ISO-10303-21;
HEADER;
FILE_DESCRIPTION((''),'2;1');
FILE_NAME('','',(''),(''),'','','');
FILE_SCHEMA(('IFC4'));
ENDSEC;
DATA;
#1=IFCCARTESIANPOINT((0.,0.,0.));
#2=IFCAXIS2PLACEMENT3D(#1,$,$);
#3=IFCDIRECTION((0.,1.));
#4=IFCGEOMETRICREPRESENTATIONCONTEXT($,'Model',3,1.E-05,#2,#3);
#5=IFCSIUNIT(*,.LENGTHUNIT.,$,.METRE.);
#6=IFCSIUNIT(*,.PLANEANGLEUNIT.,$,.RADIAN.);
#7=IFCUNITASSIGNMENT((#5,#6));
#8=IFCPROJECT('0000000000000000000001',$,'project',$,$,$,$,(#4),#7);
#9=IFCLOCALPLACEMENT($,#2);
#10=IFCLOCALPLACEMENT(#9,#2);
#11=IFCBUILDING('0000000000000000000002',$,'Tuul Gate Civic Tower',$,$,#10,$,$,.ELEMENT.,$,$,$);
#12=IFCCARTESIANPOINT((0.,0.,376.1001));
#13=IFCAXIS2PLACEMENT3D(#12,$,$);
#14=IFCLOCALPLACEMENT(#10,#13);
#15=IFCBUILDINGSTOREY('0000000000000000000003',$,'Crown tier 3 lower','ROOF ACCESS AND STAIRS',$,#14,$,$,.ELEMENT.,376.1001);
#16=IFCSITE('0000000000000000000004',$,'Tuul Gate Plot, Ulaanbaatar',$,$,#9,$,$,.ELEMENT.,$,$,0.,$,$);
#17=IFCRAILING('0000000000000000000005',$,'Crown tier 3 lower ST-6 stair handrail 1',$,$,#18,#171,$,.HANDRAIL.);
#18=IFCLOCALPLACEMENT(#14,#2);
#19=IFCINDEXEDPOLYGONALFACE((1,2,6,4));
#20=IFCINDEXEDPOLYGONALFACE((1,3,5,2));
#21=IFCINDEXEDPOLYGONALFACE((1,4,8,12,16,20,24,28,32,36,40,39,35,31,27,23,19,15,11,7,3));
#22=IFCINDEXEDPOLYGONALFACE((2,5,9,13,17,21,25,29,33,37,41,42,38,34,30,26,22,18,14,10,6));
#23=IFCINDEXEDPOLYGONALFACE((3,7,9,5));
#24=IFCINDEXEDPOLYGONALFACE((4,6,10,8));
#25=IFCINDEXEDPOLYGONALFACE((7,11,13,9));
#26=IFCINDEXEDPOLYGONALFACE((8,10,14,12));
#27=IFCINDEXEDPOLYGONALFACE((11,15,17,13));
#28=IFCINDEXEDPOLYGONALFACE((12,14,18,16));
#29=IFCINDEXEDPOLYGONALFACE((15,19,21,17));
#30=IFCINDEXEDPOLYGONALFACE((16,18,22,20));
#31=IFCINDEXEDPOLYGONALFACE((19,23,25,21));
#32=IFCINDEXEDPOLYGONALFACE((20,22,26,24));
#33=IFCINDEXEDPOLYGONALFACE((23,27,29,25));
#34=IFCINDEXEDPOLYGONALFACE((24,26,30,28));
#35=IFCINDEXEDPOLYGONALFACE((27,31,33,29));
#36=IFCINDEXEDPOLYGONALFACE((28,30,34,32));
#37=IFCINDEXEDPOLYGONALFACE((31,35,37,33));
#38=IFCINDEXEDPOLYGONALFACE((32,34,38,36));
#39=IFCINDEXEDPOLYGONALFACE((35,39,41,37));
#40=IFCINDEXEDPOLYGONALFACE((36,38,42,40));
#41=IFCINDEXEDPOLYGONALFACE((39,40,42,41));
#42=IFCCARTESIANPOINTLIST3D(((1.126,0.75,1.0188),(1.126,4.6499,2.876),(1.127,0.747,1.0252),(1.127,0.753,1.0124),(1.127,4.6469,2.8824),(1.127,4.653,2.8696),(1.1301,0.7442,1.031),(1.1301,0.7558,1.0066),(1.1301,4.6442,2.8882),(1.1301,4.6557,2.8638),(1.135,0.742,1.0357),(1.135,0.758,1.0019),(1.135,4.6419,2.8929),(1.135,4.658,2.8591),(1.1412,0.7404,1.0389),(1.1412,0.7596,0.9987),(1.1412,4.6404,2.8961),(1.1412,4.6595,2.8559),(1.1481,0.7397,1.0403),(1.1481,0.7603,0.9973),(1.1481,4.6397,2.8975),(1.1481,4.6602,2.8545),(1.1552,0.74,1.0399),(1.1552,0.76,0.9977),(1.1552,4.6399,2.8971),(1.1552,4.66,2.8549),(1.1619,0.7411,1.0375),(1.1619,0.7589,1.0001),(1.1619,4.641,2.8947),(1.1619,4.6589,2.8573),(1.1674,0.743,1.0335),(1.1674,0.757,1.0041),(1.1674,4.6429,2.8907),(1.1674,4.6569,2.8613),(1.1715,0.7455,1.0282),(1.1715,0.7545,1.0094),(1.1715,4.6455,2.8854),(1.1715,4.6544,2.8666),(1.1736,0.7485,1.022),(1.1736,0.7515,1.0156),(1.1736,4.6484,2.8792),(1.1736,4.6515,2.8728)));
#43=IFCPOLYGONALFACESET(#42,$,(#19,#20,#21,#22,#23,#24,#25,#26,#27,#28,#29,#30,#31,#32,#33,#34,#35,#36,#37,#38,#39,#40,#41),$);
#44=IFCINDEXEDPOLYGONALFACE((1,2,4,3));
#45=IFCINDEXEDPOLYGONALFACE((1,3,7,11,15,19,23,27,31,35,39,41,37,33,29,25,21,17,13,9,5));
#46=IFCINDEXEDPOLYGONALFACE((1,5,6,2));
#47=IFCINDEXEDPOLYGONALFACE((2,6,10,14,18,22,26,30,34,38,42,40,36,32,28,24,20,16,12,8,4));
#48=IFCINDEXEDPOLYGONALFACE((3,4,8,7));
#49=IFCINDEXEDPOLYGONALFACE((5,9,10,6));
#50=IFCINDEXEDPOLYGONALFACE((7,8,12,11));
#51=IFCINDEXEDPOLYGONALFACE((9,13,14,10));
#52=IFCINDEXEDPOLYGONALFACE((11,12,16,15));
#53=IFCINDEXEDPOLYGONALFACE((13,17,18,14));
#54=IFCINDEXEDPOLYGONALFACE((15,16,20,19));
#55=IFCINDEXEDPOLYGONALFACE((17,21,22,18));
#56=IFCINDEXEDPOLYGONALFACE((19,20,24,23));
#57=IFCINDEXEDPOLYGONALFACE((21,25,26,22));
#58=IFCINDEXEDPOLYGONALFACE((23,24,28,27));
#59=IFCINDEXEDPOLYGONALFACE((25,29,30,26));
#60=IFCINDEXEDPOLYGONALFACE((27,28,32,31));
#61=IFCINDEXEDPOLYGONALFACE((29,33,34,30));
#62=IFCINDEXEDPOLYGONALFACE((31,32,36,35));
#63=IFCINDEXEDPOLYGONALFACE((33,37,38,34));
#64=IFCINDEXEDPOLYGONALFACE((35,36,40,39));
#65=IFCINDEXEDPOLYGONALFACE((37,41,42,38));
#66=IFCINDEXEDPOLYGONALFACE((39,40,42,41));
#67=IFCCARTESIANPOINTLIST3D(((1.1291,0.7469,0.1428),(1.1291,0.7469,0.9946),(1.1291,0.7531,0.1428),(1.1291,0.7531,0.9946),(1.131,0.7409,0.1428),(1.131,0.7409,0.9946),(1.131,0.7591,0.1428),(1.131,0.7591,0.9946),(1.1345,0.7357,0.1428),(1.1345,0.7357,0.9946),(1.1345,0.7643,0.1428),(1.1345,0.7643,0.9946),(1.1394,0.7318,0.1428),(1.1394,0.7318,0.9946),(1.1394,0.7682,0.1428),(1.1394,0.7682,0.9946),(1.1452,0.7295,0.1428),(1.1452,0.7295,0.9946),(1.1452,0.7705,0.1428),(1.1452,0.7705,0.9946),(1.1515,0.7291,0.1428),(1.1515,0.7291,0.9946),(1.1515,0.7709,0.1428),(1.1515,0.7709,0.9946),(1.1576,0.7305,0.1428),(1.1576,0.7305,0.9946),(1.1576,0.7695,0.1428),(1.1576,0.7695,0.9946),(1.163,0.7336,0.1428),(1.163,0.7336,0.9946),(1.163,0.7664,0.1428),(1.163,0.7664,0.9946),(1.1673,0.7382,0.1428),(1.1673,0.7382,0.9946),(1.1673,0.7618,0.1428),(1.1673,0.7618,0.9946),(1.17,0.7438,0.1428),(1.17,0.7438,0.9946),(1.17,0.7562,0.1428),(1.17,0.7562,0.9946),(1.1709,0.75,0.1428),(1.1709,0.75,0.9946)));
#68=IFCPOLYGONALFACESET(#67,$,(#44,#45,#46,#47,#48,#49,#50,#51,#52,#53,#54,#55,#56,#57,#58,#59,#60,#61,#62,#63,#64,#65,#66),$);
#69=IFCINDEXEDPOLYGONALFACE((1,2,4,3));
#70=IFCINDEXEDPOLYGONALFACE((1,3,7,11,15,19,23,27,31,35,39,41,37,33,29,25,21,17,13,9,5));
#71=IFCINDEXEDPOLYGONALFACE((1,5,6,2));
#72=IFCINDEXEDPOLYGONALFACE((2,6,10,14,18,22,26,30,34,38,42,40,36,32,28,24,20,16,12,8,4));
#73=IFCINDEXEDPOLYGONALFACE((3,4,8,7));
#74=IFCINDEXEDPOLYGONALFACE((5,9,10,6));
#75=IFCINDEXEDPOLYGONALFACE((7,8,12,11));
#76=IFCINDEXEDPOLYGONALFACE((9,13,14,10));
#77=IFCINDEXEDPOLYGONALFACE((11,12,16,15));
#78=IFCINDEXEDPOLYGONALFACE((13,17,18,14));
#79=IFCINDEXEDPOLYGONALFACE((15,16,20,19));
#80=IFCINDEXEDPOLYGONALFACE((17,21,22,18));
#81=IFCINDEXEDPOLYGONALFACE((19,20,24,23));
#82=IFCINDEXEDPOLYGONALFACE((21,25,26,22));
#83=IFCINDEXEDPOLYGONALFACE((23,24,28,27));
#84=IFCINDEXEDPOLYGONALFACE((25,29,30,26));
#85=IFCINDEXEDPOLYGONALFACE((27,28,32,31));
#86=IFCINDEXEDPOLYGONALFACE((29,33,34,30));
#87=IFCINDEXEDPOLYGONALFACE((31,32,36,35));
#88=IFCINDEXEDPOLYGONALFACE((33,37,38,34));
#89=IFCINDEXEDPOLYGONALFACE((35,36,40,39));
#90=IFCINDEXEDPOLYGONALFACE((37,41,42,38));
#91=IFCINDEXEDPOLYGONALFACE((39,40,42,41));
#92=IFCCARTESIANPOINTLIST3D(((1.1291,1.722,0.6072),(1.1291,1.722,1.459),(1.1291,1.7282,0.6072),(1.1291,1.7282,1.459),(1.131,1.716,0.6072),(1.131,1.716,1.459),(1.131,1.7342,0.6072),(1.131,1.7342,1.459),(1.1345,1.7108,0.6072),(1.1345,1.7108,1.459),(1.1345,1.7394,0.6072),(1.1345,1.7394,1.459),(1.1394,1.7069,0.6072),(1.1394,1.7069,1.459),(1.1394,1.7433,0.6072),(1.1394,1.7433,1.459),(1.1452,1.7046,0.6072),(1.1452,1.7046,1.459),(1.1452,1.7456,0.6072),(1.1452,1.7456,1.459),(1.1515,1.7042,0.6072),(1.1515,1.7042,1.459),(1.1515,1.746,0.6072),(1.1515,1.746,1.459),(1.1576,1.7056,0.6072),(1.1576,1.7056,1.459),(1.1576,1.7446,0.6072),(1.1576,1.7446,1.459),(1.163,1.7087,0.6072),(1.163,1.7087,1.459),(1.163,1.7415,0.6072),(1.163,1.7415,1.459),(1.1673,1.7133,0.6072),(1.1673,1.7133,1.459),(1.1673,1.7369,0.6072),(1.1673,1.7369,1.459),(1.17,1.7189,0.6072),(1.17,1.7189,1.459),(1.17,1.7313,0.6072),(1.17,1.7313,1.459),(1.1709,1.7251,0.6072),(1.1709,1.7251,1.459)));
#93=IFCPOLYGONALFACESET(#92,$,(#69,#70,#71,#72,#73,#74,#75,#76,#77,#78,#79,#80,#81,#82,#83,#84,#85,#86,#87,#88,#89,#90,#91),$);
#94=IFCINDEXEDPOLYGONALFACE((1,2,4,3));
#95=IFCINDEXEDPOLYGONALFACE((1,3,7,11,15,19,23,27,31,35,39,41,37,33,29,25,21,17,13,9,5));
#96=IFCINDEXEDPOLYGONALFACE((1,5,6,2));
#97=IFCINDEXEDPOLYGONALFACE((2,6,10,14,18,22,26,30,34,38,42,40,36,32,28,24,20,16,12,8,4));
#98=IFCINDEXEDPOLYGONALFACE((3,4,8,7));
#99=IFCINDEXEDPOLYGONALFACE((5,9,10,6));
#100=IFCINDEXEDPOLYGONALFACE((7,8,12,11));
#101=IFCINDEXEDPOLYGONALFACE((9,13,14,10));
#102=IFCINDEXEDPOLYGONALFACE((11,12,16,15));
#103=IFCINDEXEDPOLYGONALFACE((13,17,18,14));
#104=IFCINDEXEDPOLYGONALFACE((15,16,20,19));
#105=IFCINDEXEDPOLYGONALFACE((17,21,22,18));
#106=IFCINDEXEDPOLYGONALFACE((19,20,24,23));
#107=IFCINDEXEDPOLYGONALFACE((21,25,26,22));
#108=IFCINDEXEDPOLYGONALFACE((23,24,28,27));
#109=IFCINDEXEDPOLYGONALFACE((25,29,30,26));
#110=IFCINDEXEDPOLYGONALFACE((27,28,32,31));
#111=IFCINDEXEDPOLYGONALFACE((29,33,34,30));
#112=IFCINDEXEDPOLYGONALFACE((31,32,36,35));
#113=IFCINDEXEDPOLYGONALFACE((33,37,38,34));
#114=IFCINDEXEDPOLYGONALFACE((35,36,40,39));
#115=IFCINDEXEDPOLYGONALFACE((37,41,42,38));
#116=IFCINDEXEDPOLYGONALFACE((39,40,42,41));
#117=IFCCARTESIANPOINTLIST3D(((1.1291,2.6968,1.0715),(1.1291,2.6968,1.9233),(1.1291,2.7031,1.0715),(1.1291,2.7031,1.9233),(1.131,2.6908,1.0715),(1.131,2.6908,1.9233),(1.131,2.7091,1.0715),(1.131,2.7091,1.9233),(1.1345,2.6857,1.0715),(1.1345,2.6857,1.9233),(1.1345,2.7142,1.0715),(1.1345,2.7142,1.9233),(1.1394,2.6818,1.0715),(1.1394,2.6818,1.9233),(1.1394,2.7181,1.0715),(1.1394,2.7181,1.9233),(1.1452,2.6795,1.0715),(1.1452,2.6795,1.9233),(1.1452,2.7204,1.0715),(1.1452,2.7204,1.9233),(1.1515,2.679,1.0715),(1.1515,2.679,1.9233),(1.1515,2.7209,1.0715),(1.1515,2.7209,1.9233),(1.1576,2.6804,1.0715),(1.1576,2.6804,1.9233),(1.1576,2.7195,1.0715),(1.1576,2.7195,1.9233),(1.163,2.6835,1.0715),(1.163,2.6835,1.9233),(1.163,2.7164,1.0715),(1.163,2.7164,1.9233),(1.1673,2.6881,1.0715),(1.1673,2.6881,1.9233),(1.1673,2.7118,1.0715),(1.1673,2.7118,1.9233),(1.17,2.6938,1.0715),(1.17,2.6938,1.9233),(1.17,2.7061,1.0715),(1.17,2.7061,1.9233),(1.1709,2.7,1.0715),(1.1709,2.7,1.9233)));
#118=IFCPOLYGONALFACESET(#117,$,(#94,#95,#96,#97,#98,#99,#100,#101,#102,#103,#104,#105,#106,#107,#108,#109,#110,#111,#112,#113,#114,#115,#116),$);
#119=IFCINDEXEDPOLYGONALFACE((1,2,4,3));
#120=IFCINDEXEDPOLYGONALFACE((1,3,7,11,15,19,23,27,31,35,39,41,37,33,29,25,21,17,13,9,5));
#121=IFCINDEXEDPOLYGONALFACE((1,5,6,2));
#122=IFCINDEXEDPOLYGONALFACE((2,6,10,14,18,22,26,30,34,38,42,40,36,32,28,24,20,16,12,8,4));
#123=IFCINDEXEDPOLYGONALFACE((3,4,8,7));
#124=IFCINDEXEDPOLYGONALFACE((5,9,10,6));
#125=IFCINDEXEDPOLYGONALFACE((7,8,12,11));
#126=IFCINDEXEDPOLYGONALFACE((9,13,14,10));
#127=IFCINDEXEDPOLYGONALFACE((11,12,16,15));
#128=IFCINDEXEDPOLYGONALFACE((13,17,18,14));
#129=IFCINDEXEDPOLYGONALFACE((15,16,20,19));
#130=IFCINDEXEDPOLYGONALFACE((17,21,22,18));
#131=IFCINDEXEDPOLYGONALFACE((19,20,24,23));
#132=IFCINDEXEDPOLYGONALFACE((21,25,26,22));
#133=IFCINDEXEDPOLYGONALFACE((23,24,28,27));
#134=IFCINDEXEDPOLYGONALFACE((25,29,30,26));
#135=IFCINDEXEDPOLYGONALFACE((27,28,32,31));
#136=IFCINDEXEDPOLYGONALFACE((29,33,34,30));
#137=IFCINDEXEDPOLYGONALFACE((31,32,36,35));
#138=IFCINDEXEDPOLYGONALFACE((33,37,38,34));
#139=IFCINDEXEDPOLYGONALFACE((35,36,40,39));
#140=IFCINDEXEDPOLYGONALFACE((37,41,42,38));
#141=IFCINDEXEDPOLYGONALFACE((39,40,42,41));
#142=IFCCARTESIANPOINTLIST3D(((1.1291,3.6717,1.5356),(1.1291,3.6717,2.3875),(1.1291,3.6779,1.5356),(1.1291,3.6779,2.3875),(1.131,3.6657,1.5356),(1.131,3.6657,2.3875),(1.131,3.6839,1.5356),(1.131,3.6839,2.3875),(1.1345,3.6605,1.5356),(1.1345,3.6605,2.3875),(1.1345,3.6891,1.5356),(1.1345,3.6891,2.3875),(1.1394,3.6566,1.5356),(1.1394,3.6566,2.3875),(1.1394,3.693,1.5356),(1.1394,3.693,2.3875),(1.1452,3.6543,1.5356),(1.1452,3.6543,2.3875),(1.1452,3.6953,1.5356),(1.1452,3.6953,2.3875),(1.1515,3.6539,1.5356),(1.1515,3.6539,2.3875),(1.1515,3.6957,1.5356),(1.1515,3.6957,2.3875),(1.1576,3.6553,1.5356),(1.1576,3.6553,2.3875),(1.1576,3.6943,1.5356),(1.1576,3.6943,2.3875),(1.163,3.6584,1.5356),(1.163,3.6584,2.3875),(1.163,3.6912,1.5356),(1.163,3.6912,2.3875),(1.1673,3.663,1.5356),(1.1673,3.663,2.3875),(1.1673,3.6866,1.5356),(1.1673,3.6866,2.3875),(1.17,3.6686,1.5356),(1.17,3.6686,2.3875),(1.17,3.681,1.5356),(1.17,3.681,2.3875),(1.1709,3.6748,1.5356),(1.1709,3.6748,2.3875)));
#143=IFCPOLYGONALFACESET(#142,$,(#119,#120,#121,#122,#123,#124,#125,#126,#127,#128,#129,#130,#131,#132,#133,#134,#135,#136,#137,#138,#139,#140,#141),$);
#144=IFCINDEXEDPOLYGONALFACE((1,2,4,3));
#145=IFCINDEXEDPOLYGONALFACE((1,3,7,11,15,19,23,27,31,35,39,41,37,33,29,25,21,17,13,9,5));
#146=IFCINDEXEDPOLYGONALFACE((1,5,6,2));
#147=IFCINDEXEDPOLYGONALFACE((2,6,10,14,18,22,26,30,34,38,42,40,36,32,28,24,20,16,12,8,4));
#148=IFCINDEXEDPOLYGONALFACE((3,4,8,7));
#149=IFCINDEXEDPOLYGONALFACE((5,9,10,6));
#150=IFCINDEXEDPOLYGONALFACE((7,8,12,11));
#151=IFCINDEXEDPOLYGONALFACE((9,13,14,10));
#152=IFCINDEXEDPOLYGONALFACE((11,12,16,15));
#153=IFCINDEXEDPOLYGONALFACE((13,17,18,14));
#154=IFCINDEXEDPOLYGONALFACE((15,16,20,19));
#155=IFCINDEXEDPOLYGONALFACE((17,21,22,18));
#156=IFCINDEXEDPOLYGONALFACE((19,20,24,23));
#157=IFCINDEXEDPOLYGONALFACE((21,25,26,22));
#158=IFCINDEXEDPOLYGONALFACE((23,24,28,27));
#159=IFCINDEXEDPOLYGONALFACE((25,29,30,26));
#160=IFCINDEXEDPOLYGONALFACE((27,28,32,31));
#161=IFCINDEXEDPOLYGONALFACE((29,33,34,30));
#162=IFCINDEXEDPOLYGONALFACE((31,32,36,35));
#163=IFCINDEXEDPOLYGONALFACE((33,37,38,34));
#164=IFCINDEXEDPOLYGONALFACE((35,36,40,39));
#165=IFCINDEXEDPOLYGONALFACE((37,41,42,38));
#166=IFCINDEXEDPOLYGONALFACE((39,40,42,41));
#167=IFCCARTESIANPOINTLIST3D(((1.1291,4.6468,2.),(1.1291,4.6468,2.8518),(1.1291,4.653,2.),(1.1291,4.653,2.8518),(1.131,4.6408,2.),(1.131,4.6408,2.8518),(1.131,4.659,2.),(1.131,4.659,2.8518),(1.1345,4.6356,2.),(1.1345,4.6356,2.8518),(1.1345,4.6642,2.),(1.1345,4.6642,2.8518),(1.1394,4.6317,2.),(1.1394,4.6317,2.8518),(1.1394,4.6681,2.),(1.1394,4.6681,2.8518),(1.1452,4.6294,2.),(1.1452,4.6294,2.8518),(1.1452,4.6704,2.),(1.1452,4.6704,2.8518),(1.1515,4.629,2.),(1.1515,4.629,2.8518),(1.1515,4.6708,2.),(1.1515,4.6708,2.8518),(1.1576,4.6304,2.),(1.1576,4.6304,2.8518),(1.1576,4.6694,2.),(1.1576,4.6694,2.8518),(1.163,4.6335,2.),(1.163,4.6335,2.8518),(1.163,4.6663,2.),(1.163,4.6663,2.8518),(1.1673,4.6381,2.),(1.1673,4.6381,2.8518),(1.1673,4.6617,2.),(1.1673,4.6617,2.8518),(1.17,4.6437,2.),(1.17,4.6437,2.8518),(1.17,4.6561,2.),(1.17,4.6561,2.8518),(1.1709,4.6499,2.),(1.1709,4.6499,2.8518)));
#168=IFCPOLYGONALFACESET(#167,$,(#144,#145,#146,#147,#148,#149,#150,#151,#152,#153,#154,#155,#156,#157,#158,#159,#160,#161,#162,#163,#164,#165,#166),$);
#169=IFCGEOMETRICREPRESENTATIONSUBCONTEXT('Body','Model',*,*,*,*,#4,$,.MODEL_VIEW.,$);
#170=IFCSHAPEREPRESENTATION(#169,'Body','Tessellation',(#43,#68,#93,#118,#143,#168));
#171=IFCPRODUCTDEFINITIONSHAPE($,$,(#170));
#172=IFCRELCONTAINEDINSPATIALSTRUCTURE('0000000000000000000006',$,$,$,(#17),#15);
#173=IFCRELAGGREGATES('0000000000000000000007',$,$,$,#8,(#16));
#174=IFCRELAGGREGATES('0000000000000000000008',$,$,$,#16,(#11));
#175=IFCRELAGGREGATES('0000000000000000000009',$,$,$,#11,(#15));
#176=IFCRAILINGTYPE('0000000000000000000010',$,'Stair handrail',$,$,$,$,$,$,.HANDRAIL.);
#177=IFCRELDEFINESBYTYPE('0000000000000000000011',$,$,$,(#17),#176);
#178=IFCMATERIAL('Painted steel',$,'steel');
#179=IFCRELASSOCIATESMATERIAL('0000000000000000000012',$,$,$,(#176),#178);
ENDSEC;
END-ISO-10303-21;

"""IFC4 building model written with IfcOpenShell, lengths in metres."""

from ifc_helpers import new_model, si_unit, direction, frame, origin, origin_2d, place, context, subcontext, project, spatial, circle, extrude, material, type_object, element, save


model = new_model("IFC4")

# Units and contexts
model_context = context("Model", 3, precision=1e-05, world=origin(), true_north=direction((0.0, 1.0)))
body_context = subcontext(model_context, "Body", "Model", "MODEL_VIEW")
ifc_project = project(units=[si_unit("LENGTHUNIT", "METRE"), si_unit("PLANEANGLEUNIT", "RADIAN")], contexts=[model_context])

# Site, building, storey
site_placement = place(None, origin())
site = spatial("IfcSite", under=ifc_project, at=site_placement, Name="Tuul Gate Plot, Ulaanbaatar", CompositionType="ELEMENT", RefElevation=0.0)
building_placement = place(site_placement, origin())
building = spatial("IfcBuilding", under=site, at=building_placement, Name="Tuul Gate Civic Tower", CompositionType="ELEMENT")
storey_placement = place(building_placement, frame((0.0, 0.0, 376.1001)))
storey = spatial("IfcBuildingStorey", under=building, at=storey_placement, Name="Crown tier 3 lower", Description="ROOF ACCESS AND STAIRS", CompositionType="ELEMENT", Elevation=376.1001)

# Railing
ifc_material_1 = material(Name="Painted steel", Category="steel")
railing_type_1 = type_object("IfcRailingType", Name="Stair handrail", PredefinedType="HANDRAIL", material=ifc_material_1)
for number, where, name in (
    (1, (1.1499, 0.75, 0.1428), "Crown tier 3 lower ST-6 stair handrail 1"),
):
    element("IfcRailing", number, at=place(storey_placement, frame(where)), inside=storey, type_object=railing_type_1, Name=name, PredefinedType="HANDRAIL", context=body_context, shape_type="SweptSolid", body=[
        extrude(circle(Radius=0.0239, at=origin_2d()), frame((0.0, 0.0, 0.876), z_axis=(0.0, 0.902853, 0.429949), x_axis=(-1.0, 0.0, 0.0)), (0.0, 0.0, 1.0), 4.3196),
        extrude(circle(Radius=0.021, at=origin_2d()), origin(), (0.0, 0.0, 1.0), 0.8518),
        extrude(circle(Radius=0.021, at=origin_2d()), frame((0.0, 0.9751, 0.4644)), (0.0, 0.0, 1.0), 0.8518),
        extrude(circle(Radius=0.021, at=origin_2d()), frame((0.0, 1.95, 0.9287)), (0.0, 0.0, 1.0), 0.8518),
        extrude(circle(Radius=0.021, at=origin_2d()), frame((0.0, 2.9248, 1.3928)), (0.0, 0.0, 1.0), 0.8518),
        extrude(circle(Radius=0.021, at=origin_2d()), frame((0.0, 3.8999, 1.8572)), (0.0, 0.0, 1.0), 0.8518),
    ])

save(model, "model.ifc")
